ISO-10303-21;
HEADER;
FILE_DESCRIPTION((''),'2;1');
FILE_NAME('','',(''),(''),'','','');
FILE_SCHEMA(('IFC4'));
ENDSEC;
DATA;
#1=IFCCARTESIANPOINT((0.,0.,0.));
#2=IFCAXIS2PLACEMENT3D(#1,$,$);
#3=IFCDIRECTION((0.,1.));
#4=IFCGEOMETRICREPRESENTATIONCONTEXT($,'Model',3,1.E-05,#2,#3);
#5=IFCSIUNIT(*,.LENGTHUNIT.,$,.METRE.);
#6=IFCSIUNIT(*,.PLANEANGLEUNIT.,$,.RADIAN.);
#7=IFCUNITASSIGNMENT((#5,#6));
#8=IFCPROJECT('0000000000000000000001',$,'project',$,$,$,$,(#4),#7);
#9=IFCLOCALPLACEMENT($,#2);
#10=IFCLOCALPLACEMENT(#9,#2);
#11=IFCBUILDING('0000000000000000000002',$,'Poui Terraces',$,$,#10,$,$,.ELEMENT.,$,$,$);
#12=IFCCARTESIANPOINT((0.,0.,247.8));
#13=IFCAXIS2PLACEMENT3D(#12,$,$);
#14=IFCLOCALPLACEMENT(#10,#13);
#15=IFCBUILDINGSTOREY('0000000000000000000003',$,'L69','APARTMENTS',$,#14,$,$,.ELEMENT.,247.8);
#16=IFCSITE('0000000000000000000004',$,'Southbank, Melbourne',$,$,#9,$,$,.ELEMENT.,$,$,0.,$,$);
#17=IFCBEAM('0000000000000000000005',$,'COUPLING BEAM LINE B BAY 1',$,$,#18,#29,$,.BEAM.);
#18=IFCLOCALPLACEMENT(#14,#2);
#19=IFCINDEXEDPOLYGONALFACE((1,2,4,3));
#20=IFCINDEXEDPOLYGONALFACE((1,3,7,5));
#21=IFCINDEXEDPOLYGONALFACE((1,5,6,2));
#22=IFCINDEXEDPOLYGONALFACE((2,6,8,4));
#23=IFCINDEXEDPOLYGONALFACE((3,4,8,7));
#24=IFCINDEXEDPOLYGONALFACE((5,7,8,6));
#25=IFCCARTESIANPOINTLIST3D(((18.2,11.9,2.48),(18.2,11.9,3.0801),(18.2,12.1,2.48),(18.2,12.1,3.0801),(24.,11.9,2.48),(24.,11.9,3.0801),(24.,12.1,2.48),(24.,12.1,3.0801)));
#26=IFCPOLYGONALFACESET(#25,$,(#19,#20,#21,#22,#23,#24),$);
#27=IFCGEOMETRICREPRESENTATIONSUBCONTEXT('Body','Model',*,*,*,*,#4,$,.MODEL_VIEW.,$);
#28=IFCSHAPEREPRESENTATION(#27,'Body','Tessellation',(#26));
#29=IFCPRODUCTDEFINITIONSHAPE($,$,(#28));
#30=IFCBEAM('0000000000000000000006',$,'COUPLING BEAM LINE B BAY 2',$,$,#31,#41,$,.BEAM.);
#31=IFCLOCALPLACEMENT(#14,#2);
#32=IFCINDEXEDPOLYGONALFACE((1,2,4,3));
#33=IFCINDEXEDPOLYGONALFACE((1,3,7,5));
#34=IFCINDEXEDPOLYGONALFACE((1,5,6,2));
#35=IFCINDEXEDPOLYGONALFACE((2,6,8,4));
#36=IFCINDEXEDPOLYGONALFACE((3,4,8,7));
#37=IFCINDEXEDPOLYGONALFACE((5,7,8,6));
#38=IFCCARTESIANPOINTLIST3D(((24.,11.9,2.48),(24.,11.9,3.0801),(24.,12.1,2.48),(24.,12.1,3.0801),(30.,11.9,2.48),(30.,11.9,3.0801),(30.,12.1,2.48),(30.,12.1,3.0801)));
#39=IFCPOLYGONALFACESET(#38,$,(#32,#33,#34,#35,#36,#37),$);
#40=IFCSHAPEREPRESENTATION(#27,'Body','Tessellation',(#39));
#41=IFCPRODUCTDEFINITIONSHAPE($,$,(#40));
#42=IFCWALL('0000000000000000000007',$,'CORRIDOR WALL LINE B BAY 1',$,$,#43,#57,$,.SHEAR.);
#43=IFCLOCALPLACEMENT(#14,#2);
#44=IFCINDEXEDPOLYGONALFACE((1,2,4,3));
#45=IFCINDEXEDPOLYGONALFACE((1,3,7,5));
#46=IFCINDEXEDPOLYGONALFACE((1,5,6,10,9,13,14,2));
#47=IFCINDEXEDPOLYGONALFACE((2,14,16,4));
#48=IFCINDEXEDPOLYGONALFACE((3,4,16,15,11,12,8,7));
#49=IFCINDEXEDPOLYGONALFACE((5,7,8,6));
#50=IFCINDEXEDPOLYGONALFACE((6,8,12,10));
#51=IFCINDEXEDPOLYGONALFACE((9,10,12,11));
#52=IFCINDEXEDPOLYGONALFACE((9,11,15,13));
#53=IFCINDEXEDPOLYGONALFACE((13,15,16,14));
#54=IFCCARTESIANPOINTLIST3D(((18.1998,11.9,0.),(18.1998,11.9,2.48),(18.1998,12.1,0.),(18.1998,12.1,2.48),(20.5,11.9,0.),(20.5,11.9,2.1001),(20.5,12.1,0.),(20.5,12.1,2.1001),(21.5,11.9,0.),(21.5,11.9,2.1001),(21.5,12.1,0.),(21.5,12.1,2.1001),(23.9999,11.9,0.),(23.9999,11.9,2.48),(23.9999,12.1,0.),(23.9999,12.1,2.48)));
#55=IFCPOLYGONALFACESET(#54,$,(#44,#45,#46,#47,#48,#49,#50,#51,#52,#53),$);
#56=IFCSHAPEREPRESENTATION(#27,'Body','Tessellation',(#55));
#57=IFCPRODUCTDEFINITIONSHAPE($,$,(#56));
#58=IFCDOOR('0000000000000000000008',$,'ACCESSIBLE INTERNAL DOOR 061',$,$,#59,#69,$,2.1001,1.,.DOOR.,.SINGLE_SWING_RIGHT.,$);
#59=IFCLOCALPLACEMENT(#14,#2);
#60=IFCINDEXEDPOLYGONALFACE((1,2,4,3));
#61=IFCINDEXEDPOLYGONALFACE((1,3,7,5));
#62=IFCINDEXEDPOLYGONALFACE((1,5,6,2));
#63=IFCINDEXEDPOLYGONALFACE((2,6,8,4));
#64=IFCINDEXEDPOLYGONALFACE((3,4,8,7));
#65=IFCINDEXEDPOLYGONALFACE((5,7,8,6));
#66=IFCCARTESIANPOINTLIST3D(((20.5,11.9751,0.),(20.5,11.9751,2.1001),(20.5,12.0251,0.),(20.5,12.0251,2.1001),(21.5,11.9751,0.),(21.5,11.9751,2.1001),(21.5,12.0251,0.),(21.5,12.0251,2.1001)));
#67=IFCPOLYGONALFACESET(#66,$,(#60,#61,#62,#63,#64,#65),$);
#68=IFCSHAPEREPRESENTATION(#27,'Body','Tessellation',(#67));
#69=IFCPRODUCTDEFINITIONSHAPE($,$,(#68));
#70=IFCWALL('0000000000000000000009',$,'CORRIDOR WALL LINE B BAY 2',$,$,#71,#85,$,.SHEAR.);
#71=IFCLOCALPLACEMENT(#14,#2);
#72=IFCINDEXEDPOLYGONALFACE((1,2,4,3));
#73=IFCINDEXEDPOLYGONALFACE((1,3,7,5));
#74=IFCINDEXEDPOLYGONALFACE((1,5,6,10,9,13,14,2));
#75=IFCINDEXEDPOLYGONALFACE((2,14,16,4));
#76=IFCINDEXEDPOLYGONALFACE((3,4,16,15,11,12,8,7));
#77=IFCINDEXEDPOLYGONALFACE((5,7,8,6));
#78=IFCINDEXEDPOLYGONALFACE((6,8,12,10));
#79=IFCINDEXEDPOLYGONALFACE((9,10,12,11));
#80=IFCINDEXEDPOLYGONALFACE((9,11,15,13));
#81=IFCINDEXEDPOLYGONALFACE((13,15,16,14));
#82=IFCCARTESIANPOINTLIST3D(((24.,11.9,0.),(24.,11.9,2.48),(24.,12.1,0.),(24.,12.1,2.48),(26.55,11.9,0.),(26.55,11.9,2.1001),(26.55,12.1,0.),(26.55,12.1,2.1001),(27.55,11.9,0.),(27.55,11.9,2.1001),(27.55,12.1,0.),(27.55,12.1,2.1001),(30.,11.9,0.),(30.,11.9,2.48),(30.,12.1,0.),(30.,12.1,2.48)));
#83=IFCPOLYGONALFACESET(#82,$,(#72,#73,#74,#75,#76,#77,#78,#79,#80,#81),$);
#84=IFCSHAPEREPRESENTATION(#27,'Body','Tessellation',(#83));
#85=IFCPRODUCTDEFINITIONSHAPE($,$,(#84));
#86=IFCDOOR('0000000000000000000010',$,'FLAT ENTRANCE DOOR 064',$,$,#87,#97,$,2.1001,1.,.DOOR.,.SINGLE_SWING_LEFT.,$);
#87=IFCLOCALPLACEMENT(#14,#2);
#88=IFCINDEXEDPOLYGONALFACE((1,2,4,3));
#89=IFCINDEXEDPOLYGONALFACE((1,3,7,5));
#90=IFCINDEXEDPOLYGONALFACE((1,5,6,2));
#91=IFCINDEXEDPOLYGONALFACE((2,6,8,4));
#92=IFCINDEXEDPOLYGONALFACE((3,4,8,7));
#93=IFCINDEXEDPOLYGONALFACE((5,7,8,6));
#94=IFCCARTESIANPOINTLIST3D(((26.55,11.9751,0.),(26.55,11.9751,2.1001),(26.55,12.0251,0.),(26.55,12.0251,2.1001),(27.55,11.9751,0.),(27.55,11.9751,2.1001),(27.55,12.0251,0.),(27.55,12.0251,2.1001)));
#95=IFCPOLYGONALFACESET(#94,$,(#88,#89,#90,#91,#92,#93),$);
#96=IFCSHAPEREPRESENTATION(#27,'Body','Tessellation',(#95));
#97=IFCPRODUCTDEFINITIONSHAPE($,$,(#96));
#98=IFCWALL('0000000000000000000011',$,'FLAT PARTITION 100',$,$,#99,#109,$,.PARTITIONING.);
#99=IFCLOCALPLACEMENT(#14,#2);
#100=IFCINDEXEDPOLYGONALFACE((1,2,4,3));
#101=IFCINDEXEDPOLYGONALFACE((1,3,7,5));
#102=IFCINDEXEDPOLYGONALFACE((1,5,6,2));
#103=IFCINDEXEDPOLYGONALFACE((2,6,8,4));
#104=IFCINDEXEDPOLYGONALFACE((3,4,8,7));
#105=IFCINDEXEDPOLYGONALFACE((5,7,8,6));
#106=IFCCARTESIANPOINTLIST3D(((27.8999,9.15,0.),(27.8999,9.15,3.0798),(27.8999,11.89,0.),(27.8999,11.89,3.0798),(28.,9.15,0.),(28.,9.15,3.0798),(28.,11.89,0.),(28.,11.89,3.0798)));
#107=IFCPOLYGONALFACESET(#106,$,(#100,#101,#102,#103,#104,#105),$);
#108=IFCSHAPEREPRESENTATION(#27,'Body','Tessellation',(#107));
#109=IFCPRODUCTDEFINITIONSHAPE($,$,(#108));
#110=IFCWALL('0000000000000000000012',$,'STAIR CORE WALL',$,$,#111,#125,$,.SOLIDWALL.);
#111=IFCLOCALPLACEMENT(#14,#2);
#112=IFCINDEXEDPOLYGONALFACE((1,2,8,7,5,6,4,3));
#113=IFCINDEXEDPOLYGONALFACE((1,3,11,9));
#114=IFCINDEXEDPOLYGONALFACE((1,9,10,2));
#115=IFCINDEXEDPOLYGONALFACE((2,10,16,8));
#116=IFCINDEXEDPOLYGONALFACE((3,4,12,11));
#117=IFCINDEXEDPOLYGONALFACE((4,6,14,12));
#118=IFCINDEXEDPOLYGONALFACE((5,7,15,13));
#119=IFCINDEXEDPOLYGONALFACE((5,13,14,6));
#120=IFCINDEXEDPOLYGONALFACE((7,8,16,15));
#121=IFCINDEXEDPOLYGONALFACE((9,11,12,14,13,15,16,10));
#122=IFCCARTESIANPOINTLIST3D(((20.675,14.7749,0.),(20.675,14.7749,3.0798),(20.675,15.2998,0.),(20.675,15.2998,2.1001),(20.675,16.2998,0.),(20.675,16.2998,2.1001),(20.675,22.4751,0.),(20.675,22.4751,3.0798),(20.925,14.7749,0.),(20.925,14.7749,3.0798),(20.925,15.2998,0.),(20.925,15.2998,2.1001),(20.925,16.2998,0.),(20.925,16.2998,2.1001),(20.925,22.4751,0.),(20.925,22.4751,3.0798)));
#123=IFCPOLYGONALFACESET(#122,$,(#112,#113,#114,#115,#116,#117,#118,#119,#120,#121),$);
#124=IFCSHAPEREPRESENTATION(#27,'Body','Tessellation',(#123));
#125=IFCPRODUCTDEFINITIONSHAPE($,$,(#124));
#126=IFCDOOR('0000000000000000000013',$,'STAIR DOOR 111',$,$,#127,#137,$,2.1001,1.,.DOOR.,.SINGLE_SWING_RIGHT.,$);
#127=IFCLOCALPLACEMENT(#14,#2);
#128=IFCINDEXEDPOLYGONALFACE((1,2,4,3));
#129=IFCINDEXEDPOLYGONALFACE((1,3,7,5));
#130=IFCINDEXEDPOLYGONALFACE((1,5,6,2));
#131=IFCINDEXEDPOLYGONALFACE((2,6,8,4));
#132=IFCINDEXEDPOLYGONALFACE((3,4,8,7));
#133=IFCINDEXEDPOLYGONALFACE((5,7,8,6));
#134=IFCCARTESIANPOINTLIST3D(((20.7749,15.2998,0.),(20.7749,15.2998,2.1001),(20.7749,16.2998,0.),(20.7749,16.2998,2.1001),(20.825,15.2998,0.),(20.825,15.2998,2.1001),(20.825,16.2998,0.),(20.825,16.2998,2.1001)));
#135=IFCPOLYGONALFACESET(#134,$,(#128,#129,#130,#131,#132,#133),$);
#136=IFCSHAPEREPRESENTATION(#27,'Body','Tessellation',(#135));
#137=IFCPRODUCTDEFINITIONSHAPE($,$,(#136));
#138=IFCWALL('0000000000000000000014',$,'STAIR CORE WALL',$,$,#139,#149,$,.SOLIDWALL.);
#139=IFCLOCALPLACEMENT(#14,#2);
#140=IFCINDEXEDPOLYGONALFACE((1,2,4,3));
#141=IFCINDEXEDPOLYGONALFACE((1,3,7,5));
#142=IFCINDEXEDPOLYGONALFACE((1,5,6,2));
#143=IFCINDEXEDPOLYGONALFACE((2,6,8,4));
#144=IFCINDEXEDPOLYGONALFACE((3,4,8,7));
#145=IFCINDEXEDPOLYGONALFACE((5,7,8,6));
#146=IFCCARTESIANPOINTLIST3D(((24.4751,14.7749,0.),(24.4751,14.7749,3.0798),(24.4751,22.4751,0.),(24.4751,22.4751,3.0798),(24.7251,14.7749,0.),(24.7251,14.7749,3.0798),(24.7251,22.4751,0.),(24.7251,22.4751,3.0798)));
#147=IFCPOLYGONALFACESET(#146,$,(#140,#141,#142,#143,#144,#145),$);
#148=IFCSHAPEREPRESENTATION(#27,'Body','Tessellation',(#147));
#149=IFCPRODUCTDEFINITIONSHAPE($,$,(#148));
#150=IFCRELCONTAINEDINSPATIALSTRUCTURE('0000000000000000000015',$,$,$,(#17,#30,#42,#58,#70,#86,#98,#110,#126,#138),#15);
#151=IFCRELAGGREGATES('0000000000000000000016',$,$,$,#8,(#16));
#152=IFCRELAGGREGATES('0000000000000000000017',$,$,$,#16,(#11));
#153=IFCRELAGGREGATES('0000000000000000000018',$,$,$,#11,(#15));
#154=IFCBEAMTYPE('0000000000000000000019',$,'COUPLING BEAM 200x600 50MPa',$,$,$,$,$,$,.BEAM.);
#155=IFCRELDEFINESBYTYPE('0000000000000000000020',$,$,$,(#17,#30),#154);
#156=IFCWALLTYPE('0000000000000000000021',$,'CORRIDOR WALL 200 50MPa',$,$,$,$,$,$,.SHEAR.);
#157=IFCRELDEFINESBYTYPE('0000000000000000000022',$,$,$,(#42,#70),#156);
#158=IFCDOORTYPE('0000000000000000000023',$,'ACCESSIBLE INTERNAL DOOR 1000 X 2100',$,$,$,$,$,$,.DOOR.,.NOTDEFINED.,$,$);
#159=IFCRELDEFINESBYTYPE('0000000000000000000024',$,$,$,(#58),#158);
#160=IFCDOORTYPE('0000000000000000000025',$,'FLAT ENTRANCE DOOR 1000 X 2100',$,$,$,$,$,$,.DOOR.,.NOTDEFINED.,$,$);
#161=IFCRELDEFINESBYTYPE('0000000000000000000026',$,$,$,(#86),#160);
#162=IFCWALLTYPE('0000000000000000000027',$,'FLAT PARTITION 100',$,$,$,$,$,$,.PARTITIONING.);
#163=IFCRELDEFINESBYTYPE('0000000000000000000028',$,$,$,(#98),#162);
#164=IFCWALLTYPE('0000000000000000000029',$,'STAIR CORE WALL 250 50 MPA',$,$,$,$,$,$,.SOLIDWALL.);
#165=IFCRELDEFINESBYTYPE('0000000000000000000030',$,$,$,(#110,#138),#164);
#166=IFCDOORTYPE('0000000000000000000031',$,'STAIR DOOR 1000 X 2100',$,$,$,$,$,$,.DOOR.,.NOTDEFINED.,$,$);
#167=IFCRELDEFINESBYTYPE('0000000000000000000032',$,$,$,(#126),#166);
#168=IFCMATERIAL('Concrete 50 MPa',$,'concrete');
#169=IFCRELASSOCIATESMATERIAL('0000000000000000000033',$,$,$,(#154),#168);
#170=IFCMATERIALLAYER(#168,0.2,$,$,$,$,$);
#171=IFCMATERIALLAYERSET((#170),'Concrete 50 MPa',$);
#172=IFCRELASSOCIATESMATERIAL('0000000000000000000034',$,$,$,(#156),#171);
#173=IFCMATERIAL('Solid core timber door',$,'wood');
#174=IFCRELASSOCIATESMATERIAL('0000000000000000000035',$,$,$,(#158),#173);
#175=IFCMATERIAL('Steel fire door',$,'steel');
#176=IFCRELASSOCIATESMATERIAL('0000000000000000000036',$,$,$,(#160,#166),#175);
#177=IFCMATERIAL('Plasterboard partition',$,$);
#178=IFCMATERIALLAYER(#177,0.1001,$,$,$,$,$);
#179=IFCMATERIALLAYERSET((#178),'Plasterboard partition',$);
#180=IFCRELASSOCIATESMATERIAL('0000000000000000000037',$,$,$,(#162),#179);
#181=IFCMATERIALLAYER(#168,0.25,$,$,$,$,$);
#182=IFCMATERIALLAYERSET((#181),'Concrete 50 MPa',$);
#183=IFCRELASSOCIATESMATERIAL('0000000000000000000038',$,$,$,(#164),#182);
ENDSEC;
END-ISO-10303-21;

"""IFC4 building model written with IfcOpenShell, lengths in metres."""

from ifc_helpers import new_model, si_unit, direction, frame, frame_2d, origin, origin_2d, place, context, subcontext, project, spatial, rectangle, extrude, source, transform, mapped, material, layer, layer_set, material_profile, profile_set, type_object, element, fill, save


model = new_model("IFC4")

# Units and contexts
model_context = context("Model", 3, precision=1e-05, world=origin(), true_north=direction((0.0, 1.0)))
body_context = subcontext(model_context, "Body", "Model", "MODEL_VIEW")
ifc_project = project(units=[si_unit("LENGTHUNIT", "METRE"), si_unit("PLANEANGLEUNIT", "RADIAN")], contexts=[model_context])

# Site, building, storey
site_placement = place(None, origin())
site = spatial("IfcSite", under=ifc_project, at=site_placement, Name="Southbank, Melbourne", CompositionType="ELEMENT", RefElevation=0.0)
building_placement = place(site_placement, origin())
building = spatial("IfcBuilding", under=site, at=building_placement, Name="Poui Terraces", CompositionType="ELEMENT")
storey_placement = place(building_placement, frame((0.0, 0.0, 247.8)))
storey = spatial("IfcBuildingStorey", under=building, at=storey_placement, Name="L69", Description="APARTMENTS", CompositionType="ELEMENT", Elevation=247.8)

# Beams
ifc_material_1 = material(Name="Concrete 50 MPa", Category="concrete")
ifc_material_profile = material_profile(ifc_material_1, rectangle(XDim=0.2, YDim=0.6001, at=origin_2d()), Name="RC 200x600")
ifc_profile_set = profile_set([ifc_material_profile], Name="Concrete 50 MPa")
beam_type = type_object("IfcBeamType", Name="COUPLING BEAM 200x600 50MPa", PredefinedType="BEAM", material=ifc_profile_set)
shared_shape_1 = source(origin(), body_context, "Body", "SweptSolid", [
    extrude(rectangle(XDim=0.2, YDim=0.6001, at=origin_2d()), origin(), (0.0, 0.0, 1.0), 5.8),
])
beam_1_placement = place(storey_placement, frame((18.2, 12.0, 2.78), z_axis=(1.0, 0.0, 0.0), x_axis=(0.0, 1.0, 0.0)))
element("IfcBeam", 1, at=beam_1_placement, inside=storey, type_object=beam_type, Name="COUPLING BEAM LINE B BAY 1", PredefinedType="BEAM", context=body_context, shape_type="MappedRepresentation", body=[
    mapped(shared_shape_1, transform((0.0, 0.0, 0.0))),
])
shared_shape_2 = source(origin(), body_context, "Body", "SweptSolid", [
    extrude(rectangle(XDim=0.2, YDim=0.6001, at=origin_2d()), origin(), (0.0, 0.0, 1.0), 6.0),
])
beam_2_placement = place(storey_placement, frame((24.0, 12.0, 2.78), z_axis=(1.0, 0.0, 0.0), x_axis=(0.0, 1.0, 0.0)))
element("IfcBeam", 2, at=beam_2_placement, inside=storey, type_object=beam_type, Name="COUPLING BEAM LINE B BAY 2", PredefinedType="BEAM", context=body_context, shape_type="MappedRepresentation", body=[
    mapped(shared_shape_2, transform((0.0, 0.0, 0.0))),
])

# Walls, openings, doors
ifc_layer_1 = layer(ifc_material_1, 0.2)
ifc_layer_set_1 = layer_set([ifc_layer_1], Name="Concrete 50 MPa")
wall_type_1 = type_object("IfcWallType", Name="CORRIDOR WALL 200 50MPa", PredefinedType="SHEAR", material=ifc_layer_set_1)
wall_1_placement = place(storey_placement, frame((18.2, 12.0, 0.0), z_axis=(0.0, 0.0, 1.0), x_axis=(1.0, 0.0, 0.0)))
wall_1 = element("IfcWall", 3, at=wall_1_placement, inside=storey, type_object=wall_type_1, Name="CORRIDOR WALL LINE B BAY 1", PredefinedType="SHEAR", context=body_context, shape_type="SweptSolid", body=[
    extrude(rectangle(XDim=5.8, YDim=0.2, at=frame_2d((2.8999, 0.0))), origin(), (0.0, 0.0, 1.0), 2.48),
])
opening_1_placement = place(wall_1_placement, frame((2.3, 0.0, 0.0)))
opening_1 = element("IfcOpeningElement", 4, at=opening_1_placement, cuts=wall_1, PredefinedType="OPENING", context=body_context, shape_type="SweptSolid", body=[
    extrude(rectangle(XDim=1.0, YDim=2.1001, at=frame_2d((0.5, 1.05))), frame((0.0, 0.1099, 0.0), z_axis=(0.0, -1.0, 0.0), x_axis=(1.0, 0.0, 0.0)), (0.0, 0.0, 1.0), 0.22),
])
ifc_material_2 = material(Name="Solid core timber door", Category="wood")
door_type_1 = type_object("IfcDoorType", Name="ACCESSIBLE INTERNAL DOOR 1000 X 2100", OperationType="NOTDEFINED", PredefinedType="DOOR", material=ifc_material_2)
door_1_placement = place(opening_1_placement, frame((1.0, 0.0, 0.0), z_axis=(0.0, 0.0, 1.0), x_axis=(-1.0, 0.0, 0.0)))
door_1 = element("IfcDoor", 5, at=door_1_placement, inside=storey, type_object=door_type_1, Name="ACCESSIBLE INTERNAL DOOR 061", OperationType="SINGLE_SWING_RIGHT", OverallHeight=2.1001, OverallWidth=1.0, PredefinedType="DOOR", context=body_context, shape_type="SweptSolid", body=[
    extrude(rectangle(XDim=1.0, YDim=2.1001, at=frame_2d((0.5, 1.05))), frame((0.0, 0.0249, 0.0), z_axis=(0.0, -1.0, 0.0), x_axis=(1.0, 0.0, 0.0)), (0.0, 0.0, 1.0), 0.05),
])
fill(opening_1, door_1)
wall_2_placement = place(storey_placement, frame((24.0, 12.0, 0.0), z_axis=(0.0, 0.0, 1.0), x_axis=(1.0, 0.0, 0.0)))
wall_2 = element("IfcWall", 6, at=wall_2_placement, inside=storey, type_object=wall_type_1, Name="CORRIDOR WALL LINE B BAY 2", PredefinedType="SHEAR", context=body_context, shape_type="SweptSolid", body=[
    extrude(rectangle(XDim=6.0, YDim=0.2, at=frame_2d((3.0, 0.0))), origin(), (0.0, 0.0, 1.0), 2.48),
])
opening_2_placement = place(wall_2_placement, frame((2.55, 0.0, 0.0)))
opening_2 = element("IfcOpeningElement", 7, at=opening_2_placement, cuts=wall_2, PredefinedType="OPENING", context=body_context, shape_type="SweptSolid", body=[
    extrude(rectangle(XDim=1.0, YDim=2.1001, at=frame_2d((0.5, 1.05))), frame((0.0, 0.1099, 0.0), z_axis=(0.0, -1.0, 0.0), x_axis=(1.0, 0.0, 0.0)), (0.0, 0.0, 1.0), 0.22),
])
ifc_material_3 = material(Name="Steel fire door", Category="steel")
door_type_2 = type_object("IfcDoorType", Name="FLAT ENTRANCE DOOR 1000 X 2100", OperationType="NOTDEFINED", PredefinedType="DOOR", material=ifc_material_3)
door_2_placement = place(opening_2_placement, frame((1.0, 0.0, 0.0), z_axis=(0.0, 0.0, 1.0), x_axis=(-1.0, 0.0, 0.0)))
door_2 = element("IfcDoor", 8, at=door_2_placement, inside=storey, type_object=door_type_2, Name="FLAT ENTRANCE DOOR 064", OperationType="SINGLE_SWING_LEFT", OverallHeight=2.1001, OverallWidth=1.0, PredefinedType="DOOR", context=body_context, shape_type="SweptSolid", body=[
    extrude(rectangle(XDim=1.0, YDim=2.1001, at=frame_2d((0.5, 1.05))), frame((0.0, 0.0249, 0.0), z_axis=(0.0, -1.0, 0.0), x_axis=(1.0, 0.0, 0.0)), (0.0, 0.0, 1.0), 0.05),
])
fill(opening_2, door_2)

# Wall
ifc_material_4 = material(Name="Plasterboard partition")
ifc_layer_2 = layer(ifc_material_4, 0.1001)
ifc_layer_set_2 = layer_set([ifc_layer_2], Name="Plasterboard partition")
wall_type_2 = type_object("IfcWallType", Name="FLAT PARTITION 100", PredefinedType="PARTITIONING", material=ifc_layer_set_2)
wall_3_placement = place(storey_placement, frame((27.95, 9.1499, 0.0), z_axis=(0.0, 0.0, 1.0), x_axis=(0.0, 1.0, 0.0)))
element("IfcWall", 9, at=wall_3_placement, inside=storey, type_object=wall_type_2, Name="FLAT PARTITION 100", PredefinedType="PARTITIONING", context=body_context, shape_type="SweptSolid", body=[
    extrude(rectangle(XDim=2.74, YDim=0.1001, at=frame_2d((1.3701, 0.0))), origin(), (0.0, 0.0, 1.0), 3.0798),
])

# Shared definitions
door_type_3 = type_object("IfcDoorType", Name="STAIR DOOR 1000 X 2100", OperationType="NOTDEFINED", PredefinedType="DOOR", material=ifc_material_3)

# Wall, opening, door
ifc_layer_3 = layer(ifc_material_1, 0.25)
ifc_layer_set_3 = layer_set([ifc_layer_3], Name="Concrete 50 MPa")
wall_type_3 = type_object("IfcWallType", Name="STAIR CORE WALL 250 50 MPA", PredefinedType="SOLIDWALL", material=ifc_layer_set_3)
wall_4_placement = place(storey_placement, frame((20.8, 14.7749, 0.0), z_axis=(0.0, 0.0, 1.0), x_axis=(0.0, 1.0, 0.0)))
wall_4 = element("IfcWall", 10, at=wall_4_placement, inside=storey, type_object=wall_type_3, Name="STAIR CORE WALL", PredefinedType="SOLIDWALL", context=body_context, shape_type="SweptSolid", body=[
    extrude(rectangle(XDim=7.7002, YDim=0.25, at=frame_2d((3.8501, 0.0))), origin(), (0.0, 0.0, 1.0), 3.0798),
])
opening_3_placement = place(wall_4_placement, frame((0.5249, 0.0, 0.0)))
opening_3 = element("IfcOpeningElement", 11, at=opening_3_placement, cuts=wall_4, PredefinedType="OPENING", context=body_context, shape_type="SweptSolid", body=[
    extrude(rectangle(XDim=1.0, YDim=2.1001, at=frame_2d((0.5, 1.05))), frame((0.0, 0.135, 0.0), z_axis=(0.0, -1.0, 0.0), x_axis=(1.0, 0.0, 0.0)), (0.0, 0.0, 1.0), 0.27),
])
door_3_placement = place(opening_3_placement, frame((1.0, 0.0, 0.0), z_axis=(0.0, 0.0, 1.0), x_axis=(-1.0, 0.0, 0.0)))
door_3 = element("IfcDoor", 12, at=door_3_placement, inside=storey, type_object=door_type_3, Name="STAIR DOOR 111", OperationType="SINGLE_SWING_RIGHT", OverallHeight=2.1001, OverallWidth=1.0, PredefinedType="DOOR", context=body_context, shape_type="SweptSolid", body=[
    extrude(rectangle(XDim=1.0, YDim=2.1001, at=frame_2d((0.5, 1.05))), frame((0.0, 0.0249, 0.0), z_axis=(0.0, -1.0, 0.0), x_axis=(1.0, 0.0, 0.0)), (0.0, 0.0, 1.0), 0.05),
])
fill(opening_3, door_3)

# Wall
wall_5_placement = place(storey_placement, frame((24.6001, 14.7749, 0.0), z_axis=(0.0, 0.0, 1.0), x_axis=(0.0, 1.0, 0.0)))
element("IfcWall", 13, at=wall_5_placement, inside=storey, type_object=wall_type_3, Name="STAIR CORE WALL", PredefinedType="SOLIDWALL", context=body_context, shape_type="SweptSolid", body=[
    extrude(rectangle(XDim=7.7002, YDim=0.25, at=frame_2d((3.8501, 0.0))), origin(), (0.0, 0.0, 1.0), 3.0798),
])

save(model, "model.ifc")
